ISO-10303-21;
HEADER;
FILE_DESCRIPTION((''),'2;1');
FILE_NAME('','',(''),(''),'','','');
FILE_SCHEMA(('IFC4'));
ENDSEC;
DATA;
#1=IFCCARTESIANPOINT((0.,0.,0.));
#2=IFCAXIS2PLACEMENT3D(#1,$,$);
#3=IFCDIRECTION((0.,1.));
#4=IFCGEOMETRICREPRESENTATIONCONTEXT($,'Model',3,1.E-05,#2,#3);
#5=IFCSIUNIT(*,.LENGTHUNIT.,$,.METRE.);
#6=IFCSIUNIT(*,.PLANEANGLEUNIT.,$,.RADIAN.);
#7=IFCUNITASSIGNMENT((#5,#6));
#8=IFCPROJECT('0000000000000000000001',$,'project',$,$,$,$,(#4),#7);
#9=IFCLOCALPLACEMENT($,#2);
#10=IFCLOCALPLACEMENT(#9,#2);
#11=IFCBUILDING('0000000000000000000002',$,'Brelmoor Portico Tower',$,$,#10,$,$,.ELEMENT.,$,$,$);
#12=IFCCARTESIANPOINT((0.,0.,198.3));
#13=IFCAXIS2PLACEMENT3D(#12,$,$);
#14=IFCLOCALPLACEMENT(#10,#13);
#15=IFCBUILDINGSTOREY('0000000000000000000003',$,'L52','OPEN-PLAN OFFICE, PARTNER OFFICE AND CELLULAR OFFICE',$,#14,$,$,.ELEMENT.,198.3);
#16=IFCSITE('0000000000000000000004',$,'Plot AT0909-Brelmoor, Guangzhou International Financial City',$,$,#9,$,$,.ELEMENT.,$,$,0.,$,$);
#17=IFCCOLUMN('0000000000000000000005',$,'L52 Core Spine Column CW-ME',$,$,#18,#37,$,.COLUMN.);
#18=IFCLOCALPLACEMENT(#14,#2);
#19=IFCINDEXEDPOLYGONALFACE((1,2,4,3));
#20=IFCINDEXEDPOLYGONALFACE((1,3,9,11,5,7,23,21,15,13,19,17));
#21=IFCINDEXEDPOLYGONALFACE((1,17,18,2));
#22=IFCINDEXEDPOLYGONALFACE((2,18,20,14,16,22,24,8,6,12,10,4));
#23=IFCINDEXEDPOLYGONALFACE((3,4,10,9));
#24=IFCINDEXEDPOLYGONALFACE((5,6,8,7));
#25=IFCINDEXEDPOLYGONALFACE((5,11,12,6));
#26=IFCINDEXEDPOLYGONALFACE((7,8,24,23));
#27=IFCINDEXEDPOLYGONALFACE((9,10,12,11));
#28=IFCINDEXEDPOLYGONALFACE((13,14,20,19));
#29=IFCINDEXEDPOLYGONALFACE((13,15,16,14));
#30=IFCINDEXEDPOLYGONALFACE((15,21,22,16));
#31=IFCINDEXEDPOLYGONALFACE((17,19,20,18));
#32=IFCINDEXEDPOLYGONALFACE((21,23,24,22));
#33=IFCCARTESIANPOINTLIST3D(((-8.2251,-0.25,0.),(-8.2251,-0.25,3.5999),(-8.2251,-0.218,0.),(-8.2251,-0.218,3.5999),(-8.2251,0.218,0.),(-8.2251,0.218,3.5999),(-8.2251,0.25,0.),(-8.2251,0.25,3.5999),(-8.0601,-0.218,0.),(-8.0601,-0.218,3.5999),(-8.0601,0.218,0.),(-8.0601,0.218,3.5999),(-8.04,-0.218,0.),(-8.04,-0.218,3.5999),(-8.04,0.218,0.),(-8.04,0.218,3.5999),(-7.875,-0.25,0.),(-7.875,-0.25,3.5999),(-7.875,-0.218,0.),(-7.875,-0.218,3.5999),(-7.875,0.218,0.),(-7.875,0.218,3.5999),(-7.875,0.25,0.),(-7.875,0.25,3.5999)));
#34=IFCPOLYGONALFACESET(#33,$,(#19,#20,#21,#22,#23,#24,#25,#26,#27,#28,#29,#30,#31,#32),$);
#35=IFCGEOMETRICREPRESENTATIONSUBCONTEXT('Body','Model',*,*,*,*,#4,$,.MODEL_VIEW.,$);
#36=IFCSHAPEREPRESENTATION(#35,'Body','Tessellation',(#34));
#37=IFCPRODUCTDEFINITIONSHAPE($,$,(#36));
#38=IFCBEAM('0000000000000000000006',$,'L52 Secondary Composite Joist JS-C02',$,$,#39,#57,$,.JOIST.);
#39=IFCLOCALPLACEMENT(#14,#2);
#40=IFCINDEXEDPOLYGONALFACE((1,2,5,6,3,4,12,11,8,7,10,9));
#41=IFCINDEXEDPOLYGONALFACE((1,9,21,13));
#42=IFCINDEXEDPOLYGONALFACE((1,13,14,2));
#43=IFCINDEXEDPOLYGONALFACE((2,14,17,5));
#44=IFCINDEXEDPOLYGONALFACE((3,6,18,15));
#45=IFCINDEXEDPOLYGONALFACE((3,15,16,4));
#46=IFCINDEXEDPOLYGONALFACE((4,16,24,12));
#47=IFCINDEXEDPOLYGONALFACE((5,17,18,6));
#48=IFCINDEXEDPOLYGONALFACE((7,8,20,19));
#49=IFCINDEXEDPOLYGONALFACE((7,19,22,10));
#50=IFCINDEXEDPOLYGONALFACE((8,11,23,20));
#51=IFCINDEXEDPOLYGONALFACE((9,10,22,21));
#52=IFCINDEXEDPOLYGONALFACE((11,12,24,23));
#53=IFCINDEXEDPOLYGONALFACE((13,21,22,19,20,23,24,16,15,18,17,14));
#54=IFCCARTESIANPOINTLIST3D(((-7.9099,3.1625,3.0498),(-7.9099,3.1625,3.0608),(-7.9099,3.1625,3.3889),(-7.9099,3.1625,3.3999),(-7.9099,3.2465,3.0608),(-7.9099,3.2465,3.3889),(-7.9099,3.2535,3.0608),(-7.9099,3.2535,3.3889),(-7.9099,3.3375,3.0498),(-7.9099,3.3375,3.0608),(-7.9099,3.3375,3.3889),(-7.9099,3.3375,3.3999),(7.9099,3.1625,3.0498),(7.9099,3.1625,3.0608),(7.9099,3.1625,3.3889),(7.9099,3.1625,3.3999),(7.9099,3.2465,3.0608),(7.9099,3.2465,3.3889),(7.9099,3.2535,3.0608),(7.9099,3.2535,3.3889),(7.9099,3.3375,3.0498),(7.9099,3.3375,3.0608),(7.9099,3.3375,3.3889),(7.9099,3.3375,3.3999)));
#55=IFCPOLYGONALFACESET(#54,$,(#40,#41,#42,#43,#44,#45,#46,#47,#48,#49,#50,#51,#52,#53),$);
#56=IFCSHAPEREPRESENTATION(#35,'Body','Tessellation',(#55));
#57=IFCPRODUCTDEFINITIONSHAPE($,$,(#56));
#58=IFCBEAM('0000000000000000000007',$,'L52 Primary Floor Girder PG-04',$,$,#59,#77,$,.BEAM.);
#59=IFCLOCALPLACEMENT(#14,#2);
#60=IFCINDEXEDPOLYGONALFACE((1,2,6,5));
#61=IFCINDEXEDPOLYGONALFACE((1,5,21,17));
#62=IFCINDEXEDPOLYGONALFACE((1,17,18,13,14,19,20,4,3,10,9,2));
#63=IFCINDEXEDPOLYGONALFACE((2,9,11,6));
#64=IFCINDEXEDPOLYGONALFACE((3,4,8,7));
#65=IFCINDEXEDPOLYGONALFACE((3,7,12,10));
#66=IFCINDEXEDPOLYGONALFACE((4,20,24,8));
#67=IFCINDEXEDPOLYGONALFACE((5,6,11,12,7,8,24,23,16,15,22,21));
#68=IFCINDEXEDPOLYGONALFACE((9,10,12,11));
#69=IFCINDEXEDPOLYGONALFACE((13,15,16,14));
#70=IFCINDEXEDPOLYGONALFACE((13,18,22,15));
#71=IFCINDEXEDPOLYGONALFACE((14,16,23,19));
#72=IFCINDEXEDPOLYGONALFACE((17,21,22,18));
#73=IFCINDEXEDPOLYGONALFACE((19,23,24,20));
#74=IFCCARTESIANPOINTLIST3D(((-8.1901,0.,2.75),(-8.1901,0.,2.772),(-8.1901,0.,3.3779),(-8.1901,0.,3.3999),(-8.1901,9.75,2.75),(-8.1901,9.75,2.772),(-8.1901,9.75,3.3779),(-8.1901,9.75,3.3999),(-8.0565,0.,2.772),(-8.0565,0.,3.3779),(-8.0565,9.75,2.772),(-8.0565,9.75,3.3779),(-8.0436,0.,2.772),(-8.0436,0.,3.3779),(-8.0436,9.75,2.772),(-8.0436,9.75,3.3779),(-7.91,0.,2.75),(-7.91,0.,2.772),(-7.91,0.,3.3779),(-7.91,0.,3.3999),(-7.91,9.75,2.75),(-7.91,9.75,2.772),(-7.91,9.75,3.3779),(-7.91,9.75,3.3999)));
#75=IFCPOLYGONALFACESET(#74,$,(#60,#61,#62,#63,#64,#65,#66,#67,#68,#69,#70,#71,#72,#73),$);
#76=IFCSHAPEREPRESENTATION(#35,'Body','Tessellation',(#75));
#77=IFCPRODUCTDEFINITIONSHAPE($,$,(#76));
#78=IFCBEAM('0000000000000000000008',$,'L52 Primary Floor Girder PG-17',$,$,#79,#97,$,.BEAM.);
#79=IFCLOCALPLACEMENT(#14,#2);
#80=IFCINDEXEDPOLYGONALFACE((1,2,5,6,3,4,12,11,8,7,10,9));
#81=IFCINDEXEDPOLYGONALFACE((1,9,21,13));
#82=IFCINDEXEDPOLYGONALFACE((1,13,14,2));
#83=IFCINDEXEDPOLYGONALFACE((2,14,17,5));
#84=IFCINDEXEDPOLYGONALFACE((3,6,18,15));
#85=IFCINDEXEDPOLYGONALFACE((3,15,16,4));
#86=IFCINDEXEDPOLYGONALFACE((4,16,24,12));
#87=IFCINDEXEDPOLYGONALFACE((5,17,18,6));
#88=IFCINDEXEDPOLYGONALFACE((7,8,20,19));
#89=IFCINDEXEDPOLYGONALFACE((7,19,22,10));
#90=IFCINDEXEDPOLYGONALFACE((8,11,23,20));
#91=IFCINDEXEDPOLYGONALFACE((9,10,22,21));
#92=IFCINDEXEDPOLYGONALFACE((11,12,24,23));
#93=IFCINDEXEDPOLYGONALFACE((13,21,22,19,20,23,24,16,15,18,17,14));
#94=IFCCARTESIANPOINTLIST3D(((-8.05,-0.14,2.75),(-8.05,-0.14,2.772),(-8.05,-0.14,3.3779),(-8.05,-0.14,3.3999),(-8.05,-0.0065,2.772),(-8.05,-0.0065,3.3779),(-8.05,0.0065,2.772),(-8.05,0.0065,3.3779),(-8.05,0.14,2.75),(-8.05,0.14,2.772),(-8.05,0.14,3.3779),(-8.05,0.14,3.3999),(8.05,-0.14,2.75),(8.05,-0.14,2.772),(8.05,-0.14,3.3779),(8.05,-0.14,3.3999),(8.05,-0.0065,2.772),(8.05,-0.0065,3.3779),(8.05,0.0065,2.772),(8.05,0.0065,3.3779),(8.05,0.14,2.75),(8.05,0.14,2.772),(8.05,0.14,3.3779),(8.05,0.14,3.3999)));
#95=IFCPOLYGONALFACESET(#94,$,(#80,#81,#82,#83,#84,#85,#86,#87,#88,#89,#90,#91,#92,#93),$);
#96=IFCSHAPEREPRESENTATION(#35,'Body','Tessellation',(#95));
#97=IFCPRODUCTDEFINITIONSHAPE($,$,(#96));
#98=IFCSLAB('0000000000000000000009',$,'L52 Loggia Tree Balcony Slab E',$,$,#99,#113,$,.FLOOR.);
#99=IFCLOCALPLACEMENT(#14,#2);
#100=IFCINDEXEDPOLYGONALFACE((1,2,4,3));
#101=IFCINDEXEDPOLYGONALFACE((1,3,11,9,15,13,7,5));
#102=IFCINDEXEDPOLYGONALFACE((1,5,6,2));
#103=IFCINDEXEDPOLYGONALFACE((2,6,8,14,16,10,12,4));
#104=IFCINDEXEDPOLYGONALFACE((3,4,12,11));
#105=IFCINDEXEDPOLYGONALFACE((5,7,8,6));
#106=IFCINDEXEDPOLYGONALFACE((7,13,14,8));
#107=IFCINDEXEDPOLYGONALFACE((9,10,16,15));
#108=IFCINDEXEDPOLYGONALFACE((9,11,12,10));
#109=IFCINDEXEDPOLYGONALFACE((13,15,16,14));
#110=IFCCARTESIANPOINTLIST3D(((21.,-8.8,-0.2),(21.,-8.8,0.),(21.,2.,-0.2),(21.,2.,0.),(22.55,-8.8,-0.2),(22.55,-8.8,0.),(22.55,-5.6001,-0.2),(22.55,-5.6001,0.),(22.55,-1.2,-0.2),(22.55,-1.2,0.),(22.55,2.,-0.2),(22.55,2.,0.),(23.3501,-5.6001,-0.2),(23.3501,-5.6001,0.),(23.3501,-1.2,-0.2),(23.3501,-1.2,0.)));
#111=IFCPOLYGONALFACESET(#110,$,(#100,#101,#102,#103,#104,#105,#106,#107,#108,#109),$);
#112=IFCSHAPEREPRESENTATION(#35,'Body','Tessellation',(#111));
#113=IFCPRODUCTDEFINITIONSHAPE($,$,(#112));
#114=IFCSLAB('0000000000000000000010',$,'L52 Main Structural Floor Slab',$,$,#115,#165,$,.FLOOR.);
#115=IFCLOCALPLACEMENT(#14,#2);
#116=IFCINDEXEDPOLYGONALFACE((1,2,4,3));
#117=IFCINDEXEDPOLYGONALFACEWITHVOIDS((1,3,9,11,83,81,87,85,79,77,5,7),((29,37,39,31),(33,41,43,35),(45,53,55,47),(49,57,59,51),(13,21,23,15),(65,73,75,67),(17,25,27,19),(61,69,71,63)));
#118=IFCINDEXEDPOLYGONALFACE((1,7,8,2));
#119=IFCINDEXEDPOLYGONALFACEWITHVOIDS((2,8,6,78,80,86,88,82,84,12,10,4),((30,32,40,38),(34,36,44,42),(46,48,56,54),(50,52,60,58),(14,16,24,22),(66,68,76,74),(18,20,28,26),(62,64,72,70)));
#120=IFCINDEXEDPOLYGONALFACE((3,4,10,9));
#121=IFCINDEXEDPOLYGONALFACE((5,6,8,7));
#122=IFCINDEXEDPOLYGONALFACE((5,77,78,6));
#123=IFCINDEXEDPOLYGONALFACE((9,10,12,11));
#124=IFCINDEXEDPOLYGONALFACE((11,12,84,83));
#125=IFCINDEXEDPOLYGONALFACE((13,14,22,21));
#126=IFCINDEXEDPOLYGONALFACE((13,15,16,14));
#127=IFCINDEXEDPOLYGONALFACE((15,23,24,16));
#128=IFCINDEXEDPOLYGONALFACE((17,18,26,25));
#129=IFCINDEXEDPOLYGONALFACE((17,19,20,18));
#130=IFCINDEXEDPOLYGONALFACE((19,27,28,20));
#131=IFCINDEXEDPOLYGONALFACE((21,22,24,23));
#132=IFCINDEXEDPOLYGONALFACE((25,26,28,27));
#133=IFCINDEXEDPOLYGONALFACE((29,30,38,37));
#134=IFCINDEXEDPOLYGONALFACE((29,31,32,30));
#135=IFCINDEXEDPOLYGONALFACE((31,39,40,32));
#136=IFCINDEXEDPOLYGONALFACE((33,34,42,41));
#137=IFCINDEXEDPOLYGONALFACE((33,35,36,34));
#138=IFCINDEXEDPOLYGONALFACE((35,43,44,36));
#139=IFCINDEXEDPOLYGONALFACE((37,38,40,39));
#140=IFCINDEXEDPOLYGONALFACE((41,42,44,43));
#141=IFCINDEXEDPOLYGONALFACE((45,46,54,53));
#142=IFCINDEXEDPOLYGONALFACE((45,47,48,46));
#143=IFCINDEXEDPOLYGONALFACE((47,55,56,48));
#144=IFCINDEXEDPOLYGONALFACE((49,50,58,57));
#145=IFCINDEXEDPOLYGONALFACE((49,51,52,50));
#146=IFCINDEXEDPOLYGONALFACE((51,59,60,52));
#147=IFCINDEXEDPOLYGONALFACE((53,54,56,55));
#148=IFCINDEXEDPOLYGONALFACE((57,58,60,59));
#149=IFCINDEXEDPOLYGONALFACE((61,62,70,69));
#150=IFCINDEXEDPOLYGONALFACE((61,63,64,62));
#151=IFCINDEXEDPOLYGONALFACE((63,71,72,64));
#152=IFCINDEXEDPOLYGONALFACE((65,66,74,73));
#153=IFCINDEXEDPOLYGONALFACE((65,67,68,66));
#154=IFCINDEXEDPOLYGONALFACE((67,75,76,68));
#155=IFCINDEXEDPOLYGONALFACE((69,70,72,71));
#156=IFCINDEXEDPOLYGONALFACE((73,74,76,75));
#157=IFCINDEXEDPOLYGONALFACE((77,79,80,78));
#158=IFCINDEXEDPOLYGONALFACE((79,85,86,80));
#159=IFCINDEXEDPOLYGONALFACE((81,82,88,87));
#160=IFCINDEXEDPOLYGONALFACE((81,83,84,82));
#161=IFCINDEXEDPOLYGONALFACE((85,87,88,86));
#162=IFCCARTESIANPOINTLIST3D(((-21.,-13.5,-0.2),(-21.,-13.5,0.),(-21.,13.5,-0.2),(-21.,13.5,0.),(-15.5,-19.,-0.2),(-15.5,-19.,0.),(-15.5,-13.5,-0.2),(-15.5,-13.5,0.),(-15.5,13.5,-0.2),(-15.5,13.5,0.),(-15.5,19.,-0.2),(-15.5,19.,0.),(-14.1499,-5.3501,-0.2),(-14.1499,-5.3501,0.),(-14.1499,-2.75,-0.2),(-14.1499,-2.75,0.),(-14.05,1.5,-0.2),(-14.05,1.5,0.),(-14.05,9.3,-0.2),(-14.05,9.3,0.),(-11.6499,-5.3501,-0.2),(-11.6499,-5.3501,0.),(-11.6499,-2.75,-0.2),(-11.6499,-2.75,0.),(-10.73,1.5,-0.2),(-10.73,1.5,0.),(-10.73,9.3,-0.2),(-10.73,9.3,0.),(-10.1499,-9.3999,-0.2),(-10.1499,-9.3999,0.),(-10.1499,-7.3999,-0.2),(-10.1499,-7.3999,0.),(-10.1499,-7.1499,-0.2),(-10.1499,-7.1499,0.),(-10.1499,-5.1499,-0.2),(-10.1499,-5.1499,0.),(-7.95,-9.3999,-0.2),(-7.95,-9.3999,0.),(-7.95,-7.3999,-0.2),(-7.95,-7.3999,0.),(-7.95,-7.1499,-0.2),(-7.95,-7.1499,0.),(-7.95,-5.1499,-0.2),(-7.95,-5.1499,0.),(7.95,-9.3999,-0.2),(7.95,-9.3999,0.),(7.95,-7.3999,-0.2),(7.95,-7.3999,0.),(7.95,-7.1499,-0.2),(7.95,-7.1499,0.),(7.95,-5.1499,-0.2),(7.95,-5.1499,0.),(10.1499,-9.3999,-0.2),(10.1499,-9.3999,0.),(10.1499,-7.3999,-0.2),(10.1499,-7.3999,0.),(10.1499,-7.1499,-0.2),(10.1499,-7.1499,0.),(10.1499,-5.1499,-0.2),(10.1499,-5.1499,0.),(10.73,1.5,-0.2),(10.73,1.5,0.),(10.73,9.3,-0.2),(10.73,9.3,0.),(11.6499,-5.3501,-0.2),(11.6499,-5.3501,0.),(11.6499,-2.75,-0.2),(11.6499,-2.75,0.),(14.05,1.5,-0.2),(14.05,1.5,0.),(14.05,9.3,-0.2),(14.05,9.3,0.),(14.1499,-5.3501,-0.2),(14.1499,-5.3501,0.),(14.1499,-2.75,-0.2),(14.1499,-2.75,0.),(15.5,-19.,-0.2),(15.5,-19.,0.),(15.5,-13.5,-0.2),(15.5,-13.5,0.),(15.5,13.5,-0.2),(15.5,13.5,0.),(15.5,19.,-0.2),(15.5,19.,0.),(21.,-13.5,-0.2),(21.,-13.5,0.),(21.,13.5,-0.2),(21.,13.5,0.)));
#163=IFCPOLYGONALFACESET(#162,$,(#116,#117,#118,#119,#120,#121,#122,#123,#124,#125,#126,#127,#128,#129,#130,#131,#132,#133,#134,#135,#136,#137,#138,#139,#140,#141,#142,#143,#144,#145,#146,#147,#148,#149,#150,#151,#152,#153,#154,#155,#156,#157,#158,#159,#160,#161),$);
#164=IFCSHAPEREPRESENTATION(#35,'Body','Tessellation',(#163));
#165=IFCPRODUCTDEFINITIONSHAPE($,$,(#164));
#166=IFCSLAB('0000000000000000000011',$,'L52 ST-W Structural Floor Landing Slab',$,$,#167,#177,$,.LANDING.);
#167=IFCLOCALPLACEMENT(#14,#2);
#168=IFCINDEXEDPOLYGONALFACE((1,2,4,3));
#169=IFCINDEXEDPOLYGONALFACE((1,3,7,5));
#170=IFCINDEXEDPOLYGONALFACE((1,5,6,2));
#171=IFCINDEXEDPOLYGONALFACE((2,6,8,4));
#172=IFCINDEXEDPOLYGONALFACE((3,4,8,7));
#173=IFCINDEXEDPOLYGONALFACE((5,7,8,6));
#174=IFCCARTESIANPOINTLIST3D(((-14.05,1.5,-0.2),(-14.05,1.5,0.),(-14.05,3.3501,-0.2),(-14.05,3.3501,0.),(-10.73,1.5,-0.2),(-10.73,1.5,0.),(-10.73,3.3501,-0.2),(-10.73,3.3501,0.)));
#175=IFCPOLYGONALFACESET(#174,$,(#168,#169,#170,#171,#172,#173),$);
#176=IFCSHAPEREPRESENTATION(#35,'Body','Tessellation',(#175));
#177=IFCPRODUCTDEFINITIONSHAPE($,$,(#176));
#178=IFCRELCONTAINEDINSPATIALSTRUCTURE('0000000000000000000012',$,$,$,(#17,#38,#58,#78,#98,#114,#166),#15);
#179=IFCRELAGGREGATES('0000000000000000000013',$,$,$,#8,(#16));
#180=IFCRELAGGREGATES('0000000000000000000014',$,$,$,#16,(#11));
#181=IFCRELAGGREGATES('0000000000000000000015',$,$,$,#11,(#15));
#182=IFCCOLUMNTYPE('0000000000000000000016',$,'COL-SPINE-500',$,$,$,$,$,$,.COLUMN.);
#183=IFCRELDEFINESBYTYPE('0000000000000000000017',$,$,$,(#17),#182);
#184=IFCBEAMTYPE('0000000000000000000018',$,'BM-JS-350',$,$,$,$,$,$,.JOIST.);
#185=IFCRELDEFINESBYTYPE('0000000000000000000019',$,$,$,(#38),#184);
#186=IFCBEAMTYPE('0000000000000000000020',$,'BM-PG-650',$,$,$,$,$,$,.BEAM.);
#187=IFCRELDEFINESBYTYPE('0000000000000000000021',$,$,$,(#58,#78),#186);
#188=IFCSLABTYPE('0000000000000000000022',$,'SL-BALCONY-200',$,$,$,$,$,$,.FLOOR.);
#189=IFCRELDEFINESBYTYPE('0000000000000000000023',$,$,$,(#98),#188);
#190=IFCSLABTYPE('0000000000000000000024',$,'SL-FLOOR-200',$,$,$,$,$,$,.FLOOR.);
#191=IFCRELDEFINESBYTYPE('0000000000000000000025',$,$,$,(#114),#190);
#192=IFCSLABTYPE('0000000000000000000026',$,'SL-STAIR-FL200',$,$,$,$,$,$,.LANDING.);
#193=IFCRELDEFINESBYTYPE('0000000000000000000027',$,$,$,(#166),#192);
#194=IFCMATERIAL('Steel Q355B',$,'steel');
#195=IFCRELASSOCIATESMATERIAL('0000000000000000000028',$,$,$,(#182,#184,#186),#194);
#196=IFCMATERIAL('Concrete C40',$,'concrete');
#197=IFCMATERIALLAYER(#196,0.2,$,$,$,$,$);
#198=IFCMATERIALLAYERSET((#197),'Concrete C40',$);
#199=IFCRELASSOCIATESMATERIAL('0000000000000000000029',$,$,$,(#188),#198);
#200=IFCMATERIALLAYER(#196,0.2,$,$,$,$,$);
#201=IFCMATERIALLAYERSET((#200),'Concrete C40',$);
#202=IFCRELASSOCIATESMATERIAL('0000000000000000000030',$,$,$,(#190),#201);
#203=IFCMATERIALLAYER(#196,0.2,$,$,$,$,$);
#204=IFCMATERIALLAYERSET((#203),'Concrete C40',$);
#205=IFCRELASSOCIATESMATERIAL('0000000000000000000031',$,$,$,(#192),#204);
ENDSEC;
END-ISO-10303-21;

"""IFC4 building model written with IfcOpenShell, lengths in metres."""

from ifc_helpers import new_model, si_unit, direction, frame, origin, origin_2d, place, context, subcontext, project, spatial, polyline, i_section, outline, extrude, material, layer, layer_set, material_profile, profile_set, type_object, element, save


model = new_model("IFC4")

# Units and contexts
model_context = context("Model", 3, precision=1e-05, world=origin(), true_north=direction((0.0, 1.0)))
body_context = subcontext(model_context, "Body", "Model", "MODEL_VIEW")
ifc_project = project(units=[si_unit("LENGTHUNIT", "METRE"), si_unit("PLANEANGLEUNIT", "RADIAN")], contexts=[model_context])

# Site, building, storey
site_placement = place(None, origin())
site = spatial("IfcSite", under=ifc_project, at=site_placement, Name="Plot AT0909-Brelmoor, Guangzhou International Financial City", CompositionType="ELEMENT", RefElevation=0.0)
building_placement = place(site_placement, origin())
building = spatial("IfcBuilding", under=site, at=building_placement, Name="Brelmoor Portico Tower", CompositionType="ELEMENT")
storey_placement = place(building_placement, frame((0.0, 0.0, 198.3)))
storey = spatial("IfcBuildingStorey", under=building, at=storey_placement, Name="L52", Description="OPEN-PLAN OFFICE, PARTNER OFFICE AND CELLULAR OFFICE", CompositionType="ELEMENT", Elevation=198.3)

# Column
ifc_material_1 = material(Name="Steel Q355B", Category="steel")
ifc_material_profile_1 = material_profile(ifc_material_1, i_section(OverallWidth=0.3501, OverallDepth=0.5, WebThickness=0.02, FlangeThickness=0.032, at=origin_2d()), Name="HW 500x350x20x32")
ifc_profile_set_1 = profile_set([ifc_material_profile_1], Name="Steel Q355B")
column_type = type_object("IfcColumnType", Name="COL-SPINE-500", PredefinedType="COLUMN", material=ifc_profile_set_1)
column_placement = place(storey_placement, frame((-8.05, 0.0, 0.0), z_axis=(0.0, 0.0, 1.0), x_axis=(1.0, 0.0, 0.0)))
element("IfcColumn", 1, at=column_placement, inside=storey, type_object=column_type, Name="L52 Core Spine Column CW-ME", PredefinedType="COLUMN", context=body_context, shape_type="SweptSolid", body=[
    extrude(i_section(OverallWidth=0.3501, OverallDepth=0.5, WebThickness=0.02, FlangeThickness=0.032, at=origin_2d()), origin(), (0.0, 0.0, 1.0), 3.5999),
])

# Beams
ifc_material_profile_2 = material_profile(ifc_material_1, i_section(OverallWidth=0.175, OverallDepth=0.3501, WebThickness=0.0071, FlangeThickness=0.011, at=origin_2d()), Name="HN 350x175x7x11")
ifc_profile_set_2 = profile_set([ifc_material_profile_2], Name="Steel Q355B")
beam_type_1 = type_object("IfcBeamType", Name="BM-JS-350", PredefinedType="JOIST", material=ifc_profile_set_2)
beam_1_placement = place(storey_placement, frame((-7.9099, 3.25, 3.2249), z_axis=(1.0, 0.0, 0.0), x_axis=(0.0, 1.0, 0.0)))
element("IfcBeam", 2, at=beam_1_placement, inside=storey, type_object=beam_type_1, Name="L52 Secondary Composite Joist JS-C02", PredefinedType="JOIST", context=body_context, shape_type="SweptSolid", body=[
    extrude(i_section(OverallWidth=0.175, OverallDepth=0.3501, WebThickness=0.0071, FlangeThickness=0.011, at=origin_2d()), origin(), (0.0, 0.0, 1.0), 15.8198),
])
ifc_material_profile_3 = material_profile(ifc_material_1, i_section(OverallWidth=0.28, OverallDepth=0.6499, WebThickness=0.0129, FlangeThickness=0.022, at=origin_2d()), Name="HN 650x280x13x22")
ifc_profile_set_3 = profile_set([ifc_material_profile_3], Name="Steel Q355B")
beam_type_2 = type_object("IfcBeamType", Name="BM-PG-650", PredefinedType="BEAM", material=ifc_profile_set_3)
beam_2_placement = place(storey_placement, frame((-8.05, 0.0, 3.075), z_axis=(0.0, 1.0, 0.0), x_axis=(-1.0, 0.0, 0.0)))
element("IfcBeam", 3, at=beam_2_placement, inside=storey, type_object=beam_type_2, Name="L52 Primary Floor Girder PG-04", PredefinedType="BEAM", context=body_context, shape_type="SweptSolid", body=[
    extrude(i_section(OverallWidth=0.28, OverallDepth=0.6499, WebThickness=0.0129, FlangeThickness=0.022, at=origin_2d()), origin(), (0.0, 0.0, 1.0), 9.75),
])
beam_3_placement = place(storey_placement, frame((-8.05, 0.0, 3.075), z_axis=(1.0, 0.0, 0.0), x_axis=(0.0, 1.0, 0.0)))
element("IfcBeam", 4, at=beam_3_placement, inside=storey, type_object=beam_type_2, Name="L52 Primary Floor Girder PG-17", PredefinedType="BEAM", context=body_context, shape_type="SweptSolid", body=[
    extrude(i_section(OverallWidth=0.28, OverallDepth=0.6499, WebThickness=0.0129, FlangeThickness=0.022, at=origin_2d()), origin(), (0.0, 0.0, 1.0), 16.1001),
])

# Slabs
ifc_material_2 = material(Name="Concrete C40", Category="concrete")
ifc_layer_1 = layer(ifc_material_2, 0.2)
ifc_layer_set_1 = layer_set([ifc_layer_1], Name="Concrete C40")
slab_type_1 = type_object("IfcSlabType", Name="SL-BALCONY-200", PredefinedType="FLOOR", material=ifc_layer_set_1)
slab_1_placement = place(storey_placement, frame((0.0, 0.0, -0.2)))
element("IfcSlab", 5, at=slab_1_placement, inside=storey, type_object=slab_type_1, Name="L52 Loggia Tree Balcony Slab E", PredefinedType="FLOOR", context=body_context, shape_type="SweptSolid", body=[
    extrude(outline(polyline([(21.0, -8.8), (22.55, -8.8), (22.55, -5.6001), (23.3501, -5.6001), (23.3501, -1.2), (22.55, -1.2), (22.55, 2.0), (21.0, 2.0), (21.0, -8.8)])), origin(), (0.0, 0.0, 1.0), 0.2),
])
ifc_layer_2 = layer(ifc_material_2, 0.2)
ifc_layer_set_2 = layer_set([ifc_layer_2], Name="Concrete C40")
slab_type_2 = type_object("IfcSlabType", Name="SL-FLOOR-200", PredefinedType="FLOOR", material=ifc_layer_set_2)
slab_2_placement = place(storey_placement, frame((0.0, 0.0, -0.2)))
element("IfcSlab", 6, at=slab_2_placement, inside=storey, type_object=slab_type_2, Name="L52 Main Structural Floor Slab", PredefinedType="FLOOR", context=body_context, shape_type="SweptSolid", body=[
    extrude(outline(polyline([(-15.5, -19.0), (15.5, -19.0), (15.5, -13.5), (21.0, -13.5), (21.0, 13.5), (15.5, 13.5), (15.5, 19.0), (-15.5, 19.0), (-15.5, 13.5), (-21.0, 13.5), (-21.0, -13.5), (-15.5, -13.5), (-15.5, -19.0)]), holes=[polyline([(-10.73, 1.5), (-10.73, 9.3), (-14.05, 9.3), (-14.05, 1.5), (-10.73, 1.5)]), polyline([(14.05, 1.5), (14.05, 9.3), (10.73, 9.3), (10.73, 1.5), (14.05, 1.5)]), polyline([(-10.1499, -9.3999), (-7.95, -9.3999), (-7.95, -7.3999), (-10.1499, -7.3999), (-10.1499, -9.3999)]), polyline([(-10.1499, -7.1499), (-7.95, -7.1499), (-7.95, -5.1499), (-10.1499, -5.1499), (-10.1499, -7.1499)]), polyline([(7.95, -9.3999), (10.1499, -9.3999), (10.1499, -7.3999), (7.95, -7.3999), (7.95, -9.3999)]), polyline([(7.95, -7.1499), (10.1499, -7.1499), (10.1499, -5.1499), (7.95, -5.1499), (7.95, -7.1499)]), polyline([(-14.1499, -5.3501), (-11.6499, -5.3501), (-11.6499, -2.75), (-14.1499, -2.75), (-14.1499, -5.3501)]), polyline([(11.6499, -5.3501), (14.1499, -5.3501), (14.1499, -2.75), (11.6499, -2.75), (11.6499, -5.3501)])]), origin(), (0.0, 0.0, 1.0), 0.2),
])
ifc_layer_3 = layer(ifc_material_2, 0.2)
ifc_layer_set_3 = layer_set([ifc_layer_3], Name="Concrete C40")
slab_type_3 = type_object("IfcSlabType", Name="SL-STAIR-FL200", PredefinedType="LANDING", material=ifc_layer_set_3)
slab_3_placement = place(storey_placement, frame((0.0, 0.0, -0.2)))
element("IfcSlab", 7, at=slab_3_placement, inside=storey, type_object=slab_type_3, Name="L52 ST-W Structural Floor Landing Slab", PredefinedType="LANDING", context=body_context, shape_type="SweptSolid", body=[
    extrude(outline(polyline([(-10.73, 1.5), (-10.73, 3.3501), (-14.05, 3.3501), (-14.05, 1.5), (-10.73, 1.5)])), origin(), (0.0, 0.0, 1.0), 0.2),
])

save(model, "model.ifc")
